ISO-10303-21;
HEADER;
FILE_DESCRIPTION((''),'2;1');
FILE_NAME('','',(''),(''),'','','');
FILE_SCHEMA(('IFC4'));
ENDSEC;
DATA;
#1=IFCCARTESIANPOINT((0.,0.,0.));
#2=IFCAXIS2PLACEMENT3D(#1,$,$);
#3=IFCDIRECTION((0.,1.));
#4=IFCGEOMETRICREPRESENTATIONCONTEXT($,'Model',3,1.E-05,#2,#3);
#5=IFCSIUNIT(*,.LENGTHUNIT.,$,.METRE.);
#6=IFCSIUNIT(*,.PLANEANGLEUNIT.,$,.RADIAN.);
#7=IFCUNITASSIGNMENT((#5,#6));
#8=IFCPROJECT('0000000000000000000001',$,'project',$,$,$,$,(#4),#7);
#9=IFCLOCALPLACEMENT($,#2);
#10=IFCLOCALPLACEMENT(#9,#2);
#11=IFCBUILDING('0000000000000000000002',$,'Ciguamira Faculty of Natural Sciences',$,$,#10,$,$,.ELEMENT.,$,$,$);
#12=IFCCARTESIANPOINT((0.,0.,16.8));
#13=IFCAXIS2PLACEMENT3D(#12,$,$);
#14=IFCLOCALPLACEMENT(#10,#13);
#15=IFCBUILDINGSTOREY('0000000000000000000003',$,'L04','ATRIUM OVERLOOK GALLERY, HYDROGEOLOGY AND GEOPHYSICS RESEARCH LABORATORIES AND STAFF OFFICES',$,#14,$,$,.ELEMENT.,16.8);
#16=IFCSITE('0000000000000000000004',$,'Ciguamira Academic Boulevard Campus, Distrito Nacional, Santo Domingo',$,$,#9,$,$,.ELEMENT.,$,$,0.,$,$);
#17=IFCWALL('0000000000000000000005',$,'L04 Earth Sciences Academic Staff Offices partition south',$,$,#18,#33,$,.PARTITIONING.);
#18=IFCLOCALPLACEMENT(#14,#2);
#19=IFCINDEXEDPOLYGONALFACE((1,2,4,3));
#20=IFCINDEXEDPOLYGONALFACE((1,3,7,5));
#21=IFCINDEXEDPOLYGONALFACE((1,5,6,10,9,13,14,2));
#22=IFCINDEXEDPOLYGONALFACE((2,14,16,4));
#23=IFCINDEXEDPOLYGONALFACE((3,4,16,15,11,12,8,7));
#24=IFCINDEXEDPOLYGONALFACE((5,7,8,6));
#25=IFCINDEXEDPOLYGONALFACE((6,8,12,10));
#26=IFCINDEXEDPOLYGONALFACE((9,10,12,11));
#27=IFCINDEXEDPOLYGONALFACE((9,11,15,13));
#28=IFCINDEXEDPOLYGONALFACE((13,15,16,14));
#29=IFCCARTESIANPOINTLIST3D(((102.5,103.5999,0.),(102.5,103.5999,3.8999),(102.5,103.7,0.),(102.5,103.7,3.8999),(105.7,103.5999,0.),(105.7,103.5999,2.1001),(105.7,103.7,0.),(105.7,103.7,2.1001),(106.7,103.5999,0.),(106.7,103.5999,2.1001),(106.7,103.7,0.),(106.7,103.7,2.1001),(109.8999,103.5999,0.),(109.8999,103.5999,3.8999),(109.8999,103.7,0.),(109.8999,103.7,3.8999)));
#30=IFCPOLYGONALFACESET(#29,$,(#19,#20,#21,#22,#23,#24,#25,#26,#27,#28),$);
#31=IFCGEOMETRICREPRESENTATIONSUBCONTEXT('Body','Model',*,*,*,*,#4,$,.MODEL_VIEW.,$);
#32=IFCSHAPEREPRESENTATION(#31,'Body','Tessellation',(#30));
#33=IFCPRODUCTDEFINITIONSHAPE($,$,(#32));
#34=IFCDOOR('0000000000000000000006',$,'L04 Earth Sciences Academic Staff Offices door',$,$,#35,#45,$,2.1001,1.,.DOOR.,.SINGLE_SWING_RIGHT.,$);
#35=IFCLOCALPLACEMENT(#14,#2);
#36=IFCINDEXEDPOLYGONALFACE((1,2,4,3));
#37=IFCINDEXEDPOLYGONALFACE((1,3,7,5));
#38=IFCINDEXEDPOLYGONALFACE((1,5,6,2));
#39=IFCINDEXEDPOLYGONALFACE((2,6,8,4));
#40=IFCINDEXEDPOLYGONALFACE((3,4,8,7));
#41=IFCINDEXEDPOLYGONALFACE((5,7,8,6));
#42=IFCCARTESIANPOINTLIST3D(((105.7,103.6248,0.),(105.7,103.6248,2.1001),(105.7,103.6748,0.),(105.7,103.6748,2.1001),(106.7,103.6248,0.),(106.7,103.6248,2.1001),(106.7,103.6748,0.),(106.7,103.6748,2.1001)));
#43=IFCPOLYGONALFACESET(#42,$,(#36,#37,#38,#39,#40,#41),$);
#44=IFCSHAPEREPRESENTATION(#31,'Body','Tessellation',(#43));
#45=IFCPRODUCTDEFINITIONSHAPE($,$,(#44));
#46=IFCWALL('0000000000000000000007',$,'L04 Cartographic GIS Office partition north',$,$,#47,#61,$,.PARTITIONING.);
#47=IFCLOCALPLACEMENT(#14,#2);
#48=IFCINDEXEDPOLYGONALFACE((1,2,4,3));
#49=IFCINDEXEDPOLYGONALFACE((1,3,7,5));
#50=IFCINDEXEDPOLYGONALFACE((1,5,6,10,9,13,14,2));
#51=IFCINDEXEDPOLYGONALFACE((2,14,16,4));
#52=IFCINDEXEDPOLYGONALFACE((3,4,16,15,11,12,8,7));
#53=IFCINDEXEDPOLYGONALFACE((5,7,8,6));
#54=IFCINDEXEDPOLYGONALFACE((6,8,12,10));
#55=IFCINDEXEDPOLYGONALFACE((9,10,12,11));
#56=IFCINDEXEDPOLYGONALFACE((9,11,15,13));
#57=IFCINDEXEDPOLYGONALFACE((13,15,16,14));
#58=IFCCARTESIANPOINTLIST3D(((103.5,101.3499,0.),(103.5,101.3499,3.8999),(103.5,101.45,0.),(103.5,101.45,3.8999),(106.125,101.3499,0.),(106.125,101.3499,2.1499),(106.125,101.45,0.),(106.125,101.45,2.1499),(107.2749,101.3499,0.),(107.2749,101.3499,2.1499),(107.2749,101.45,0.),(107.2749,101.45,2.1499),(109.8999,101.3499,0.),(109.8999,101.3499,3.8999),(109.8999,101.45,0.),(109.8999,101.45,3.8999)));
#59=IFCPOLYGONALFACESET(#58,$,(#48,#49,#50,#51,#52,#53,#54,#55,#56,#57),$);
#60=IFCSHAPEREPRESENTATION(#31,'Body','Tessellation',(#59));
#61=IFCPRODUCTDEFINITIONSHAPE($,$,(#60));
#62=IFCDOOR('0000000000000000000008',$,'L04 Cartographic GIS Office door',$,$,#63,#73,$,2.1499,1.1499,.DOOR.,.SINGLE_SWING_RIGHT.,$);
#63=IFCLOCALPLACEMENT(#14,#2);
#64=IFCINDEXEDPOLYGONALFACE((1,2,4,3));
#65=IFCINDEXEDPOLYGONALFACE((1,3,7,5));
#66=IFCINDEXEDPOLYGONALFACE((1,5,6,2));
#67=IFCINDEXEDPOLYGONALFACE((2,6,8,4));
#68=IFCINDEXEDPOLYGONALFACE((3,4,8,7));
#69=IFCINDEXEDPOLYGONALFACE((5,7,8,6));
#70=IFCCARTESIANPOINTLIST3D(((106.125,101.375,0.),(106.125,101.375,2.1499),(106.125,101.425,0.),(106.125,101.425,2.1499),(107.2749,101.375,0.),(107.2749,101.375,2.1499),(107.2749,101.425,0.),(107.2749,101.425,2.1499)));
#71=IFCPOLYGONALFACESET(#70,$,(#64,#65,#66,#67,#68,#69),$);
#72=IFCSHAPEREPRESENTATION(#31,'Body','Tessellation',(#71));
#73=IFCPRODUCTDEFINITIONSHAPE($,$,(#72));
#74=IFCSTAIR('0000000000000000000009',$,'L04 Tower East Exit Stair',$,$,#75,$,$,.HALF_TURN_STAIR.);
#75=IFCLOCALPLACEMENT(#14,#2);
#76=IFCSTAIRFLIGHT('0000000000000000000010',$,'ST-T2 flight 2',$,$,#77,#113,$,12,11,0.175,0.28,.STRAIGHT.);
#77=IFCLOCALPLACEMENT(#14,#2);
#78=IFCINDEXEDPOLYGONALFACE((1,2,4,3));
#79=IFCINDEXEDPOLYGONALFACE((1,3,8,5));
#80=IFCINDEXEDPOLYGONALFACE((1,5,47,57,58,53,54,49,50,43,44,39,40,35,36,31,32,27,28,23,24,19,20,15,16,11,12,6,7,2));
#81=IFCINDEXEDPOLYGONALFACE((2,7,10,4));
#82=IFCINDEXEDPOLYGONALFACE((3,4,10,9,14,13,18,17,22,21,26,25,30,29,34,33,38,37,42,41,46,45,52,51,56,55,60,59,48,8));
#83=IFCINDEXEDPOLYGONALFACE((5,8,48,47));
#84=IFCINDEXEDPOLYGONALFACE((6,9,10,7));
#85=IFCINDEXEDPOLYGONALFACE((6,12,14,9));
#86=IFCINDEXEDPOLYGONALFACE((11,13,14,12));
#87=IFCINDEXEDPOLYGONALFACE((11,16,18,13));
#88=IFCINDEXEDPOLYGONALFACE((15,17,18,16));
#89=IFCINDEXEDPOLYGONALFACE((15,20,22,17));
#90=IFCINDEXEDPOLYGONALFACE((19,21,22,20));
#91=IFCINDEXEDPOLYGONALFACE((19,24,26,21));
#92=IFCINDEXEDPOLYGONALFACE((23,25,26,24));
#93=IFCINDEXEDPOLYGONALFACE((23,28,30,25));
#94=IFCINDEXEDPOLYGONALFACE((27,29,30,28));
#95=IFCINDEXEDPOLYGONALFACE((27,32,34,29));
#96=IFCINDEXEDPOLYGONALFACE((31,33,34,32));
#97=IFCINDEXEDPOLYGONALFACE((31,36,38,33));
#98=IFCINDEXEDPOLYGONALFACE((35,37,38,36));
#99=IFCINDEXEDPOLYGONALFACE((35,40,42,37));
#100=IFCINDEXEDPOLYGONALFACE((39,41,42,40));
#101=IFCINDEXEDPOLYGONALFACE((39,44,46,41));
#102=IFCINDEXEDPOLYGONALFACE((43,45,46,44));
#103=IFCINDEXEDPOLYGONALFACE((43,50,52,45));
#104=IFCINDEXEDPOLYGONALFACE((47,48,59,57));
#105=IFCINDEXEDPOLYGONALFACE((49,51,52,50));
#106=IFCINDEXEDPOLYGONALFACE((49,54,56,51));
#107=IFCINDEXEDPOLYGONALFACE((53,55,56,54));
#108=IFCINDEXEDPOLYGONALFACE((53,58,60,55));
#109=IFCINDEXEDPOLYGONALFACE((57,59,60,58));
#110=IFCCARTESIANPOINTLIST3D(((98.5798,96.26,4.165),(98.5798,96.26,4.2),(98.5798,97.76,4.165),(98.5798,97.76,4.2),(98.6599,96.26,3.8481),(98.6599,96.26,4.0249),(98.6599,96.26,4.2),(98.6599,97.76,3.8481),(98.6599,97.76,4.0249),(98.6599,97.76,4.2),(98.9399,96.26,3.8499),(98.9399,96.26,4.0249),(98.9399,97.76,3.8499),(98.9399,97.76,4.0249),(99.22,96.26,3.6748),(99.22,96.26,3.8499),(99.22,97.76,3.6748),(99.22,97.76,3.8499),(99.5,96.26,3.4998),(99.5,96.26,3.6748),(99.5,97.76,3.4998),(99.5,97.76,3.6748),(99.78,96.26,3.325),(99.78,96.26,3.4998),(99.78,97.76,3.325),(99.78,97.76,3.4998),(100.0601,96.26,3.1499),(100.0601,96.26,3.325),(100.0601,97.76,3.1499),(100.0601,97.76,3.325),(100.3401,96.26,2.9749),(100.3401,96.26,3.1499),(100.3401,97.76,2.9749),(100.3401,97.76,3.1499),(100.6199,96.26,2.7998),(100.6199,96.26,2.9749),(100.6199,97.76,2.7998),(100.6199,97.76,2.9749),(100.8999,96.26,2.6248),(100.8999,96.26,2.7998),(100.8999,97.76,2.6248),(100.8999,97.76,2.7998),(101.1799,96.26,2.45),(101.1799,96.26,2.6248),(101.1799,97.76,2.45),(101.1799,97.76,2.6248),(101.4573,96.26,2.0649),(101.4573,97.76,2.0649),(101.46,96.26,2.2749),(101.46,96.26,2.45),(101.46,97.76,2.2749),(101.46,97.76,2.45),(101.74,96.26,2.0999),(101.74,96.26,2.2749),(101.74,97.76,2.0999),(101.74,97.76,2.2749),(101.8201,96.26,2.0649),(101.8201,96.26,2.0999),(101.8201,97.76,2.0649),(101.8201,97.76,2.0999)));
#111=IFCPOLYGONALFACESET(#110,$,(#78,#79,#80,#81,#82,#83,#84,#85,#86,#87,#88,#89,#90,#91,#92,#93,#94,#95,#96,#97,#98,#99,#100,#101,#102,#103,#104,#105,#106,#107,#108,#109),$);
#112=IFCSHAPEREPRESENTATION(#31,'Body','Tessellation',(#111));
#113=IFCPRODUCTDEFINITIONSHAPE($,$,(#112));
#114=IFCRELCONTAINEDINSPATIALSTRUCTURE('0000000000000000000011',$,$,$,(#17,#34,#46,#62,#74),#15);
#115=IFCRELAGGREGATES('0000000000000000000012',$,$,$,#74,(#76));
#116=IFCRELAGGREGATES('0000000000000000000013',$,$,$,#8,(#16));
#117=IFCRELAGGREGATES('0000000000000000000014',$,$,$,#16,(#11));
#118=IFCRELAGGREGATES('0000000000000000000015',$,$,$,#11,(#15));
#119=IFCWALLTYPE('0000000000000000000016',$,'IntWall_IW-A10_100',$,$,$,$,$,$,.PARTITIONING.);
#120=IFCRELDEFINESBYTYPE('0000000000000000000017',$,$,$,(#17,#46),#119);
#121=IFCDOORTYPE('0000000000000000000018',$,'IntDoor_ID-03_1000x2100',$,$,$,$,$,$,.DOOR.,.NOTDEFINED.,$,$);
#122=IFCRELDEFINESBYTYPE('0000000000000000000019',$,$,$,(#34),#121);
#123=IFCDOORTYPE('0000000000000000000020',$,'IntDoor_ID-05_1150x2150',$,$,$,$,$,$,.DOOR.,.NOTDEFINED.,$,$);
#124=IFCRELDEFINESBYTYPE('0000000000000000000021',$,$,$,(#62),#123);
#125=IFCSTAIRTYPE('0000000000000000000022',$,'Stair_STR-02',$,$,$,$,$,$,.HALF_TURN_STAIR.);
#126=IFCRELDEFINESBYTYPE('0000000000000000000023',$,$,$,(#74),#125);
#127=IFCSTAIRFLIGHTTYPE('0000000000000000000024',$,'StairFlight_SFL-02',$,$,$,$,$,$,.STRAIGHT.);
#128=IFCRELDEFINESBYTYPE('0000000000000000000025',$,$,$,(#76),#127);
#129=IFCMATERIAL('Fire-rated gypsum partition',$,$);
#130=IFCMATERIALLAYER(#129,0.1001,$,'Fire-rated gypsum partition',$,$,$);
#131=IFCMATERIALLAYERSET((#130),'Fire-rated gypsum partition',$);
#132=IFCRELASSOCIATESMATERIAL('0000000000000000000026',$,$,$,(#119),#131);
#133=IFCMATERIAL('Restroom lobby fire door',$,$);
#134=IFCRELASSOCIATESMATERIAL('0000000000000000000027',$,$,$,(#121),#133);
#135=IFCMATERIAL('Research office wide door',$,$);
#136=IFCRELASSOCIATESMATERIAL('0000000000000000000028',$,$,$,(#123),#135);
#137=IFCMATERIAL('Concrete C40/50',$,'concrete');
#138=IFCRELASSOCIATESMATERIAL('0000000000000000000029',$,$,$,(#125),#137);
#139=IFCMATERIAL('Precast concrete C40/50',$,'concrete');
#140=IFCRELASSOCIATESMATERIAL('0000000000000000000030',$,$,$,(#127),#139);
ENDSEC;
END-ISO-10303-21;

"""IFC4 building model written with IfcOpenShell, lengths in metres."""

from ifc_helpers import new_model, si_unit, direction, frame, frame_2d, origin, place, context, subcontext, project, spatial, polyline, rectangle, outline, extrude, material, layer, layer_set, type_object, element, fill, aggregate, save


model = new_model("IFC4")

# Units and contexts
model_context = context("Model", 3, precision=1e-05, world=origin(), true_north=direction((0.0, 1.0)))
body_context = subcontext(model_context, "Body", "Model", "MODEL_VIEW")
ifc_project = project(units=[si_unit("LENGTHUNIT", "METRE"), si_unit("PLANEANGLEUNIT", "RADIAN")], contexts=[model_context])

# Site, building, storey
site_placement = place(None, origin())
site = spatial("IfcSite", under=ifc_project, at=site_placement, Name="Ciguamira Academic Boulevard Campus, Distrito Nacional, Santo Domingo", CompositionType="ELEMENT", RefElevation=0.0)
building_placement = place(site_placement, origin())
building = spatial("IfcBuilding", under=site, at=building_placement, Name="Ciguamira Faculty of Natural Sciences", CompositionType="ELEMENT")
storey_placement = place(building_placement, frame((0.0, 0.0, 16.8)))
storey = spatial("IfcBuildingStorey", under=building, at=storey_placement, Name="L04", Description="ATRIUM OVERLOOK GALLERY, HYDROGEOLOGY AND GEOPHYSICS RESEARCH LABORATORIES AND STAFF OFFICES", CompositionType="ELEMENT", Elevation=16.8)

# Shared definitions
ifc_material_1 = material(Name="Concrete C40/50", Category="concrete")
ifc_material_2 = material(Name="Precast concrete C40/50", Category="concrete")

# Shared definitions
ifc_material_3 = material(Name="Fire-rated gypsum partition")
ifc_layer_1 = layer(ifc_material_3, 0.1001, Name="Fire-rated gypsum partition")
ifc_layer_set_1 = layer_set([ifc_layer_1], Name="Fire-rated gypsum partition")
wall_type_1 = type_object("IfcWallType", Name="IntWall_IW-A10_100", PredefinedType="PARTITIONING", material=ifc_layer_set_1)

# Walls, openings, doors
wall_1_placement = place(storey_placement, frame((102.5, 103.6499, 0.0), z_axis=(0.0, 0.0, 1.0), x_axis=(1.0, 0.0, 0.0)))
wall_1 = element("IfcWall", 1, at=wall_1_placement, inside=storey, type_object=wall_type_1, Name="L04 Earth Sciences Academic Staff Offices partition south", PredefinedType="PARTITIONING", context=body_context, shape_type="SweptSolid", body=[
    extrude(rectangle(XDim=7.3999, YDim=0.1001, at=frame_2d((3.7, 0.0))), origin(), (0.0, 0.0, 1.0), 3.8999),
])
opening_1_placement = place(wall_1_placement, frame((3.2, 0.0, 0.0)))
opening_1 = element("IfcOpeningElement", 2, at=opening_1_placement, cuts=wall_1, PredefinedType="OPENING", context=body_context, shape_type="SweptSolid", body=[
    extrude(rectangle(XDim=1.0, YDim=2.1001, at=frame_2d((0.5, 1.05))), frame((0.0, 0.0601, 0.0), z_axis=(0.0, -1.0, 0.0), x_axis=(1.0, 0.0, 0.0)), (0.0, 0.0, 1.0), 0.1201),
])
ifc_material_4 = material(Name="Restroom lobby fire door")
door_type_1 = type_object("IfcDoorType", Name="IntDoor_ID-03_1000x2100", OperationType="NOTDEFINED", PredefinedType="DOOR", material=ifc_material_4)
door_1_placement = place(opening_1_placement, origin())
door_1 = element("IfcDoor", 3, at=door_1_placement, inside=storey, type_object=door_type_1, Name="L04 Earth Sciences Academic Staff Offices door", OperationType="SINGLE_SWING_RIGHT", OverallHeight=2.1001, OverallWidth=1.0, PredefinedType="DOOR", context=body_context, shape_type="SweptSolid", body=[
    extrude(rectangle(XDim=1.0, YDim=2.1001, at=frame_2d((0.5, 1.05))), frame((0.0, 0.0249, 0.0), z_axis=(0.0, -1.0, 0.0), x_axis=(1.0, 0.0, 0.0)), (0.0, 0.0, 1.0), 0.05),
])
fill(opening_1, door_1)
wall_2_placement = place(storey_placement, frame((103.5, 101.3999, 0.0), z_axis=(0.0, 0.0, 1.0), x_axis=(1.0, 0.0, 0.0)))
wall_2 = element("IfcWall", 4, at=wall_2_placement, inside=storey, type_object=wall_type_1, Name="L04 Cartographic GIS Office partition north", PredefinedType="PARTITIONING", context=body_context, shape_type="SweptSolid", body=[
    extrude(rectangle(XDim=6.3999, YDim=0.1001, at=frame_2d((3.2, 0.0))), origin(), (0.0, 0.0, 1.0), 3.8999),
])
opening_2_placement = place(wall_2_placement, frame((2.625, 0.0, 0.0)))
opening_2 = element("IfcOpeningElement", 5, at=opening_2_placement, cuts=wall_2, PredefinedType="OPENING", context=body_context, shape_type="SweptSolid", body=[
    extrude(rectangle(XDim=1.1499, YDim=2.1499, at=frame_2d((0.575, 1.075))), frame((0.0, 0.0601, 0.0), z_axis=(0.0, -1.0, 0.0), x_axis=(1.0, 0.0, 0.0)), (0.0, 0.0, 1.0), 0.1201),
])
ifc_material_5 = material(Name="Research office wide door")
door_type_2 = type_object("IfcDoorType", Name="IntDoor_ID-05_1150x2150", OperationType="NOTDEFINED", PredefinedType="DOOR", material=ifc_material_5)
door_2_placement = place(opening_2_placement, frame((1.1499, 0.0, 0.0), z_axis=(0.0, 0.0, 1.0), x_axis=(-1.0, 0.0, 0.0)))
door_2 = element("IfcDoor", 6, at=door_2_placement, inside=storey, type_object=door_type_2, Name="L04 Cartographic GIS Office door", OperationType="SINGLE_SWING_RIGHT", OverallHeight=2.1499, OverallWidth=1.1499, PredefinedType="DOOR", context=body_context, shape_type="SweptSolid", body=[
    extrude(rectangle(XDim=1.1499, YDim=2.1499, at=frame_2d((0.575, 1.075))), frame((0.0, 0.0249, 0.0), z_axis=(0.0, -1.0, 0.0), x_axis=(1.0, 0.0, 0.0)), (0.0, 0.0, 1.0), 0.05),
])
fill(opening_2, door_2)

# Stair, stair flight
stair_type = type_object("IfcStairType", Name="Stair_STR-02", PredefinedType="HALF_TURN_STAIR", material=ifc_material_1)
stair_placement = place(storey_placement, origin())
stair = element("IfcStair", 7, at=stair_placement, inside=storey, type_object=stair_type, Name="L04 Tower East Exit Stair", PredefinedType="HALF_TURN_STAIR")
stair_flight_type = type_object("IfcStairFlightType", Name="StairFlight_SFL-02", PredefinedType="STRAIGHT", material=ifc_material_2)
stair_flight_placement = place(storey_placement, frame((101.74, 97.01, 2.0999), z_axis=(0.0, 0.0, 1.0), x_axis=(-1.0, 0.0, 0.0)))
stair_flight = element("IfcStairFlight", 8, at=stair_flight_placement, type_object=stair_flight_type, Name="ST-T2 flight 2", NumberOfRisers=12, NumberOfTreads=11, PredefinedType="STRAIGHT", RiserHeight=0.175, TreadLength=0.28, context=body_context, shape_type="SweptSolid", body=[
    extrude(outline(polyline([(-0.0801, -0.0349), (-0.0801, 0.0), (0.0, 0.0), (0.0, 0.175), (0.28, 0.175), (0.28, 0.3501), (0.5601, 0.3501), (0.5601, 0.5249), (0.8401, 0.5249), (0.8401, 0.7), (1.1201, 0.7), (1.1201, 0.875), (1.3999, 0.875), (1.3999, 1.05), (1.6799, 1.05), (1.6799, 1.2251), (1.96, 1.2251), (1.96, 1.3999), (2.24, 1.3999), (2.24, 1.575), (2.52, 1.575), (2.52, 1.75), (2.8, 1.75), (2.8, 1.925), (3.0801, 1.925), (3.0801, 2.1001), (3.1602, 2.1001), (3.1602, 2.0652), (3.0801, 1.7483), (0.2827, -0.0349), (-0.0801, -0.0349)])), frame((0.0, 0.75, 0.0), z_axis=(0.0, -1.0, 0.0), x_axis=(1.0, 0.0, 0.0)), (0.0, 0.0, 1.0), 1.5),
])
aggregate(stair, [stair_flight])

save(model, "model.ifc")
